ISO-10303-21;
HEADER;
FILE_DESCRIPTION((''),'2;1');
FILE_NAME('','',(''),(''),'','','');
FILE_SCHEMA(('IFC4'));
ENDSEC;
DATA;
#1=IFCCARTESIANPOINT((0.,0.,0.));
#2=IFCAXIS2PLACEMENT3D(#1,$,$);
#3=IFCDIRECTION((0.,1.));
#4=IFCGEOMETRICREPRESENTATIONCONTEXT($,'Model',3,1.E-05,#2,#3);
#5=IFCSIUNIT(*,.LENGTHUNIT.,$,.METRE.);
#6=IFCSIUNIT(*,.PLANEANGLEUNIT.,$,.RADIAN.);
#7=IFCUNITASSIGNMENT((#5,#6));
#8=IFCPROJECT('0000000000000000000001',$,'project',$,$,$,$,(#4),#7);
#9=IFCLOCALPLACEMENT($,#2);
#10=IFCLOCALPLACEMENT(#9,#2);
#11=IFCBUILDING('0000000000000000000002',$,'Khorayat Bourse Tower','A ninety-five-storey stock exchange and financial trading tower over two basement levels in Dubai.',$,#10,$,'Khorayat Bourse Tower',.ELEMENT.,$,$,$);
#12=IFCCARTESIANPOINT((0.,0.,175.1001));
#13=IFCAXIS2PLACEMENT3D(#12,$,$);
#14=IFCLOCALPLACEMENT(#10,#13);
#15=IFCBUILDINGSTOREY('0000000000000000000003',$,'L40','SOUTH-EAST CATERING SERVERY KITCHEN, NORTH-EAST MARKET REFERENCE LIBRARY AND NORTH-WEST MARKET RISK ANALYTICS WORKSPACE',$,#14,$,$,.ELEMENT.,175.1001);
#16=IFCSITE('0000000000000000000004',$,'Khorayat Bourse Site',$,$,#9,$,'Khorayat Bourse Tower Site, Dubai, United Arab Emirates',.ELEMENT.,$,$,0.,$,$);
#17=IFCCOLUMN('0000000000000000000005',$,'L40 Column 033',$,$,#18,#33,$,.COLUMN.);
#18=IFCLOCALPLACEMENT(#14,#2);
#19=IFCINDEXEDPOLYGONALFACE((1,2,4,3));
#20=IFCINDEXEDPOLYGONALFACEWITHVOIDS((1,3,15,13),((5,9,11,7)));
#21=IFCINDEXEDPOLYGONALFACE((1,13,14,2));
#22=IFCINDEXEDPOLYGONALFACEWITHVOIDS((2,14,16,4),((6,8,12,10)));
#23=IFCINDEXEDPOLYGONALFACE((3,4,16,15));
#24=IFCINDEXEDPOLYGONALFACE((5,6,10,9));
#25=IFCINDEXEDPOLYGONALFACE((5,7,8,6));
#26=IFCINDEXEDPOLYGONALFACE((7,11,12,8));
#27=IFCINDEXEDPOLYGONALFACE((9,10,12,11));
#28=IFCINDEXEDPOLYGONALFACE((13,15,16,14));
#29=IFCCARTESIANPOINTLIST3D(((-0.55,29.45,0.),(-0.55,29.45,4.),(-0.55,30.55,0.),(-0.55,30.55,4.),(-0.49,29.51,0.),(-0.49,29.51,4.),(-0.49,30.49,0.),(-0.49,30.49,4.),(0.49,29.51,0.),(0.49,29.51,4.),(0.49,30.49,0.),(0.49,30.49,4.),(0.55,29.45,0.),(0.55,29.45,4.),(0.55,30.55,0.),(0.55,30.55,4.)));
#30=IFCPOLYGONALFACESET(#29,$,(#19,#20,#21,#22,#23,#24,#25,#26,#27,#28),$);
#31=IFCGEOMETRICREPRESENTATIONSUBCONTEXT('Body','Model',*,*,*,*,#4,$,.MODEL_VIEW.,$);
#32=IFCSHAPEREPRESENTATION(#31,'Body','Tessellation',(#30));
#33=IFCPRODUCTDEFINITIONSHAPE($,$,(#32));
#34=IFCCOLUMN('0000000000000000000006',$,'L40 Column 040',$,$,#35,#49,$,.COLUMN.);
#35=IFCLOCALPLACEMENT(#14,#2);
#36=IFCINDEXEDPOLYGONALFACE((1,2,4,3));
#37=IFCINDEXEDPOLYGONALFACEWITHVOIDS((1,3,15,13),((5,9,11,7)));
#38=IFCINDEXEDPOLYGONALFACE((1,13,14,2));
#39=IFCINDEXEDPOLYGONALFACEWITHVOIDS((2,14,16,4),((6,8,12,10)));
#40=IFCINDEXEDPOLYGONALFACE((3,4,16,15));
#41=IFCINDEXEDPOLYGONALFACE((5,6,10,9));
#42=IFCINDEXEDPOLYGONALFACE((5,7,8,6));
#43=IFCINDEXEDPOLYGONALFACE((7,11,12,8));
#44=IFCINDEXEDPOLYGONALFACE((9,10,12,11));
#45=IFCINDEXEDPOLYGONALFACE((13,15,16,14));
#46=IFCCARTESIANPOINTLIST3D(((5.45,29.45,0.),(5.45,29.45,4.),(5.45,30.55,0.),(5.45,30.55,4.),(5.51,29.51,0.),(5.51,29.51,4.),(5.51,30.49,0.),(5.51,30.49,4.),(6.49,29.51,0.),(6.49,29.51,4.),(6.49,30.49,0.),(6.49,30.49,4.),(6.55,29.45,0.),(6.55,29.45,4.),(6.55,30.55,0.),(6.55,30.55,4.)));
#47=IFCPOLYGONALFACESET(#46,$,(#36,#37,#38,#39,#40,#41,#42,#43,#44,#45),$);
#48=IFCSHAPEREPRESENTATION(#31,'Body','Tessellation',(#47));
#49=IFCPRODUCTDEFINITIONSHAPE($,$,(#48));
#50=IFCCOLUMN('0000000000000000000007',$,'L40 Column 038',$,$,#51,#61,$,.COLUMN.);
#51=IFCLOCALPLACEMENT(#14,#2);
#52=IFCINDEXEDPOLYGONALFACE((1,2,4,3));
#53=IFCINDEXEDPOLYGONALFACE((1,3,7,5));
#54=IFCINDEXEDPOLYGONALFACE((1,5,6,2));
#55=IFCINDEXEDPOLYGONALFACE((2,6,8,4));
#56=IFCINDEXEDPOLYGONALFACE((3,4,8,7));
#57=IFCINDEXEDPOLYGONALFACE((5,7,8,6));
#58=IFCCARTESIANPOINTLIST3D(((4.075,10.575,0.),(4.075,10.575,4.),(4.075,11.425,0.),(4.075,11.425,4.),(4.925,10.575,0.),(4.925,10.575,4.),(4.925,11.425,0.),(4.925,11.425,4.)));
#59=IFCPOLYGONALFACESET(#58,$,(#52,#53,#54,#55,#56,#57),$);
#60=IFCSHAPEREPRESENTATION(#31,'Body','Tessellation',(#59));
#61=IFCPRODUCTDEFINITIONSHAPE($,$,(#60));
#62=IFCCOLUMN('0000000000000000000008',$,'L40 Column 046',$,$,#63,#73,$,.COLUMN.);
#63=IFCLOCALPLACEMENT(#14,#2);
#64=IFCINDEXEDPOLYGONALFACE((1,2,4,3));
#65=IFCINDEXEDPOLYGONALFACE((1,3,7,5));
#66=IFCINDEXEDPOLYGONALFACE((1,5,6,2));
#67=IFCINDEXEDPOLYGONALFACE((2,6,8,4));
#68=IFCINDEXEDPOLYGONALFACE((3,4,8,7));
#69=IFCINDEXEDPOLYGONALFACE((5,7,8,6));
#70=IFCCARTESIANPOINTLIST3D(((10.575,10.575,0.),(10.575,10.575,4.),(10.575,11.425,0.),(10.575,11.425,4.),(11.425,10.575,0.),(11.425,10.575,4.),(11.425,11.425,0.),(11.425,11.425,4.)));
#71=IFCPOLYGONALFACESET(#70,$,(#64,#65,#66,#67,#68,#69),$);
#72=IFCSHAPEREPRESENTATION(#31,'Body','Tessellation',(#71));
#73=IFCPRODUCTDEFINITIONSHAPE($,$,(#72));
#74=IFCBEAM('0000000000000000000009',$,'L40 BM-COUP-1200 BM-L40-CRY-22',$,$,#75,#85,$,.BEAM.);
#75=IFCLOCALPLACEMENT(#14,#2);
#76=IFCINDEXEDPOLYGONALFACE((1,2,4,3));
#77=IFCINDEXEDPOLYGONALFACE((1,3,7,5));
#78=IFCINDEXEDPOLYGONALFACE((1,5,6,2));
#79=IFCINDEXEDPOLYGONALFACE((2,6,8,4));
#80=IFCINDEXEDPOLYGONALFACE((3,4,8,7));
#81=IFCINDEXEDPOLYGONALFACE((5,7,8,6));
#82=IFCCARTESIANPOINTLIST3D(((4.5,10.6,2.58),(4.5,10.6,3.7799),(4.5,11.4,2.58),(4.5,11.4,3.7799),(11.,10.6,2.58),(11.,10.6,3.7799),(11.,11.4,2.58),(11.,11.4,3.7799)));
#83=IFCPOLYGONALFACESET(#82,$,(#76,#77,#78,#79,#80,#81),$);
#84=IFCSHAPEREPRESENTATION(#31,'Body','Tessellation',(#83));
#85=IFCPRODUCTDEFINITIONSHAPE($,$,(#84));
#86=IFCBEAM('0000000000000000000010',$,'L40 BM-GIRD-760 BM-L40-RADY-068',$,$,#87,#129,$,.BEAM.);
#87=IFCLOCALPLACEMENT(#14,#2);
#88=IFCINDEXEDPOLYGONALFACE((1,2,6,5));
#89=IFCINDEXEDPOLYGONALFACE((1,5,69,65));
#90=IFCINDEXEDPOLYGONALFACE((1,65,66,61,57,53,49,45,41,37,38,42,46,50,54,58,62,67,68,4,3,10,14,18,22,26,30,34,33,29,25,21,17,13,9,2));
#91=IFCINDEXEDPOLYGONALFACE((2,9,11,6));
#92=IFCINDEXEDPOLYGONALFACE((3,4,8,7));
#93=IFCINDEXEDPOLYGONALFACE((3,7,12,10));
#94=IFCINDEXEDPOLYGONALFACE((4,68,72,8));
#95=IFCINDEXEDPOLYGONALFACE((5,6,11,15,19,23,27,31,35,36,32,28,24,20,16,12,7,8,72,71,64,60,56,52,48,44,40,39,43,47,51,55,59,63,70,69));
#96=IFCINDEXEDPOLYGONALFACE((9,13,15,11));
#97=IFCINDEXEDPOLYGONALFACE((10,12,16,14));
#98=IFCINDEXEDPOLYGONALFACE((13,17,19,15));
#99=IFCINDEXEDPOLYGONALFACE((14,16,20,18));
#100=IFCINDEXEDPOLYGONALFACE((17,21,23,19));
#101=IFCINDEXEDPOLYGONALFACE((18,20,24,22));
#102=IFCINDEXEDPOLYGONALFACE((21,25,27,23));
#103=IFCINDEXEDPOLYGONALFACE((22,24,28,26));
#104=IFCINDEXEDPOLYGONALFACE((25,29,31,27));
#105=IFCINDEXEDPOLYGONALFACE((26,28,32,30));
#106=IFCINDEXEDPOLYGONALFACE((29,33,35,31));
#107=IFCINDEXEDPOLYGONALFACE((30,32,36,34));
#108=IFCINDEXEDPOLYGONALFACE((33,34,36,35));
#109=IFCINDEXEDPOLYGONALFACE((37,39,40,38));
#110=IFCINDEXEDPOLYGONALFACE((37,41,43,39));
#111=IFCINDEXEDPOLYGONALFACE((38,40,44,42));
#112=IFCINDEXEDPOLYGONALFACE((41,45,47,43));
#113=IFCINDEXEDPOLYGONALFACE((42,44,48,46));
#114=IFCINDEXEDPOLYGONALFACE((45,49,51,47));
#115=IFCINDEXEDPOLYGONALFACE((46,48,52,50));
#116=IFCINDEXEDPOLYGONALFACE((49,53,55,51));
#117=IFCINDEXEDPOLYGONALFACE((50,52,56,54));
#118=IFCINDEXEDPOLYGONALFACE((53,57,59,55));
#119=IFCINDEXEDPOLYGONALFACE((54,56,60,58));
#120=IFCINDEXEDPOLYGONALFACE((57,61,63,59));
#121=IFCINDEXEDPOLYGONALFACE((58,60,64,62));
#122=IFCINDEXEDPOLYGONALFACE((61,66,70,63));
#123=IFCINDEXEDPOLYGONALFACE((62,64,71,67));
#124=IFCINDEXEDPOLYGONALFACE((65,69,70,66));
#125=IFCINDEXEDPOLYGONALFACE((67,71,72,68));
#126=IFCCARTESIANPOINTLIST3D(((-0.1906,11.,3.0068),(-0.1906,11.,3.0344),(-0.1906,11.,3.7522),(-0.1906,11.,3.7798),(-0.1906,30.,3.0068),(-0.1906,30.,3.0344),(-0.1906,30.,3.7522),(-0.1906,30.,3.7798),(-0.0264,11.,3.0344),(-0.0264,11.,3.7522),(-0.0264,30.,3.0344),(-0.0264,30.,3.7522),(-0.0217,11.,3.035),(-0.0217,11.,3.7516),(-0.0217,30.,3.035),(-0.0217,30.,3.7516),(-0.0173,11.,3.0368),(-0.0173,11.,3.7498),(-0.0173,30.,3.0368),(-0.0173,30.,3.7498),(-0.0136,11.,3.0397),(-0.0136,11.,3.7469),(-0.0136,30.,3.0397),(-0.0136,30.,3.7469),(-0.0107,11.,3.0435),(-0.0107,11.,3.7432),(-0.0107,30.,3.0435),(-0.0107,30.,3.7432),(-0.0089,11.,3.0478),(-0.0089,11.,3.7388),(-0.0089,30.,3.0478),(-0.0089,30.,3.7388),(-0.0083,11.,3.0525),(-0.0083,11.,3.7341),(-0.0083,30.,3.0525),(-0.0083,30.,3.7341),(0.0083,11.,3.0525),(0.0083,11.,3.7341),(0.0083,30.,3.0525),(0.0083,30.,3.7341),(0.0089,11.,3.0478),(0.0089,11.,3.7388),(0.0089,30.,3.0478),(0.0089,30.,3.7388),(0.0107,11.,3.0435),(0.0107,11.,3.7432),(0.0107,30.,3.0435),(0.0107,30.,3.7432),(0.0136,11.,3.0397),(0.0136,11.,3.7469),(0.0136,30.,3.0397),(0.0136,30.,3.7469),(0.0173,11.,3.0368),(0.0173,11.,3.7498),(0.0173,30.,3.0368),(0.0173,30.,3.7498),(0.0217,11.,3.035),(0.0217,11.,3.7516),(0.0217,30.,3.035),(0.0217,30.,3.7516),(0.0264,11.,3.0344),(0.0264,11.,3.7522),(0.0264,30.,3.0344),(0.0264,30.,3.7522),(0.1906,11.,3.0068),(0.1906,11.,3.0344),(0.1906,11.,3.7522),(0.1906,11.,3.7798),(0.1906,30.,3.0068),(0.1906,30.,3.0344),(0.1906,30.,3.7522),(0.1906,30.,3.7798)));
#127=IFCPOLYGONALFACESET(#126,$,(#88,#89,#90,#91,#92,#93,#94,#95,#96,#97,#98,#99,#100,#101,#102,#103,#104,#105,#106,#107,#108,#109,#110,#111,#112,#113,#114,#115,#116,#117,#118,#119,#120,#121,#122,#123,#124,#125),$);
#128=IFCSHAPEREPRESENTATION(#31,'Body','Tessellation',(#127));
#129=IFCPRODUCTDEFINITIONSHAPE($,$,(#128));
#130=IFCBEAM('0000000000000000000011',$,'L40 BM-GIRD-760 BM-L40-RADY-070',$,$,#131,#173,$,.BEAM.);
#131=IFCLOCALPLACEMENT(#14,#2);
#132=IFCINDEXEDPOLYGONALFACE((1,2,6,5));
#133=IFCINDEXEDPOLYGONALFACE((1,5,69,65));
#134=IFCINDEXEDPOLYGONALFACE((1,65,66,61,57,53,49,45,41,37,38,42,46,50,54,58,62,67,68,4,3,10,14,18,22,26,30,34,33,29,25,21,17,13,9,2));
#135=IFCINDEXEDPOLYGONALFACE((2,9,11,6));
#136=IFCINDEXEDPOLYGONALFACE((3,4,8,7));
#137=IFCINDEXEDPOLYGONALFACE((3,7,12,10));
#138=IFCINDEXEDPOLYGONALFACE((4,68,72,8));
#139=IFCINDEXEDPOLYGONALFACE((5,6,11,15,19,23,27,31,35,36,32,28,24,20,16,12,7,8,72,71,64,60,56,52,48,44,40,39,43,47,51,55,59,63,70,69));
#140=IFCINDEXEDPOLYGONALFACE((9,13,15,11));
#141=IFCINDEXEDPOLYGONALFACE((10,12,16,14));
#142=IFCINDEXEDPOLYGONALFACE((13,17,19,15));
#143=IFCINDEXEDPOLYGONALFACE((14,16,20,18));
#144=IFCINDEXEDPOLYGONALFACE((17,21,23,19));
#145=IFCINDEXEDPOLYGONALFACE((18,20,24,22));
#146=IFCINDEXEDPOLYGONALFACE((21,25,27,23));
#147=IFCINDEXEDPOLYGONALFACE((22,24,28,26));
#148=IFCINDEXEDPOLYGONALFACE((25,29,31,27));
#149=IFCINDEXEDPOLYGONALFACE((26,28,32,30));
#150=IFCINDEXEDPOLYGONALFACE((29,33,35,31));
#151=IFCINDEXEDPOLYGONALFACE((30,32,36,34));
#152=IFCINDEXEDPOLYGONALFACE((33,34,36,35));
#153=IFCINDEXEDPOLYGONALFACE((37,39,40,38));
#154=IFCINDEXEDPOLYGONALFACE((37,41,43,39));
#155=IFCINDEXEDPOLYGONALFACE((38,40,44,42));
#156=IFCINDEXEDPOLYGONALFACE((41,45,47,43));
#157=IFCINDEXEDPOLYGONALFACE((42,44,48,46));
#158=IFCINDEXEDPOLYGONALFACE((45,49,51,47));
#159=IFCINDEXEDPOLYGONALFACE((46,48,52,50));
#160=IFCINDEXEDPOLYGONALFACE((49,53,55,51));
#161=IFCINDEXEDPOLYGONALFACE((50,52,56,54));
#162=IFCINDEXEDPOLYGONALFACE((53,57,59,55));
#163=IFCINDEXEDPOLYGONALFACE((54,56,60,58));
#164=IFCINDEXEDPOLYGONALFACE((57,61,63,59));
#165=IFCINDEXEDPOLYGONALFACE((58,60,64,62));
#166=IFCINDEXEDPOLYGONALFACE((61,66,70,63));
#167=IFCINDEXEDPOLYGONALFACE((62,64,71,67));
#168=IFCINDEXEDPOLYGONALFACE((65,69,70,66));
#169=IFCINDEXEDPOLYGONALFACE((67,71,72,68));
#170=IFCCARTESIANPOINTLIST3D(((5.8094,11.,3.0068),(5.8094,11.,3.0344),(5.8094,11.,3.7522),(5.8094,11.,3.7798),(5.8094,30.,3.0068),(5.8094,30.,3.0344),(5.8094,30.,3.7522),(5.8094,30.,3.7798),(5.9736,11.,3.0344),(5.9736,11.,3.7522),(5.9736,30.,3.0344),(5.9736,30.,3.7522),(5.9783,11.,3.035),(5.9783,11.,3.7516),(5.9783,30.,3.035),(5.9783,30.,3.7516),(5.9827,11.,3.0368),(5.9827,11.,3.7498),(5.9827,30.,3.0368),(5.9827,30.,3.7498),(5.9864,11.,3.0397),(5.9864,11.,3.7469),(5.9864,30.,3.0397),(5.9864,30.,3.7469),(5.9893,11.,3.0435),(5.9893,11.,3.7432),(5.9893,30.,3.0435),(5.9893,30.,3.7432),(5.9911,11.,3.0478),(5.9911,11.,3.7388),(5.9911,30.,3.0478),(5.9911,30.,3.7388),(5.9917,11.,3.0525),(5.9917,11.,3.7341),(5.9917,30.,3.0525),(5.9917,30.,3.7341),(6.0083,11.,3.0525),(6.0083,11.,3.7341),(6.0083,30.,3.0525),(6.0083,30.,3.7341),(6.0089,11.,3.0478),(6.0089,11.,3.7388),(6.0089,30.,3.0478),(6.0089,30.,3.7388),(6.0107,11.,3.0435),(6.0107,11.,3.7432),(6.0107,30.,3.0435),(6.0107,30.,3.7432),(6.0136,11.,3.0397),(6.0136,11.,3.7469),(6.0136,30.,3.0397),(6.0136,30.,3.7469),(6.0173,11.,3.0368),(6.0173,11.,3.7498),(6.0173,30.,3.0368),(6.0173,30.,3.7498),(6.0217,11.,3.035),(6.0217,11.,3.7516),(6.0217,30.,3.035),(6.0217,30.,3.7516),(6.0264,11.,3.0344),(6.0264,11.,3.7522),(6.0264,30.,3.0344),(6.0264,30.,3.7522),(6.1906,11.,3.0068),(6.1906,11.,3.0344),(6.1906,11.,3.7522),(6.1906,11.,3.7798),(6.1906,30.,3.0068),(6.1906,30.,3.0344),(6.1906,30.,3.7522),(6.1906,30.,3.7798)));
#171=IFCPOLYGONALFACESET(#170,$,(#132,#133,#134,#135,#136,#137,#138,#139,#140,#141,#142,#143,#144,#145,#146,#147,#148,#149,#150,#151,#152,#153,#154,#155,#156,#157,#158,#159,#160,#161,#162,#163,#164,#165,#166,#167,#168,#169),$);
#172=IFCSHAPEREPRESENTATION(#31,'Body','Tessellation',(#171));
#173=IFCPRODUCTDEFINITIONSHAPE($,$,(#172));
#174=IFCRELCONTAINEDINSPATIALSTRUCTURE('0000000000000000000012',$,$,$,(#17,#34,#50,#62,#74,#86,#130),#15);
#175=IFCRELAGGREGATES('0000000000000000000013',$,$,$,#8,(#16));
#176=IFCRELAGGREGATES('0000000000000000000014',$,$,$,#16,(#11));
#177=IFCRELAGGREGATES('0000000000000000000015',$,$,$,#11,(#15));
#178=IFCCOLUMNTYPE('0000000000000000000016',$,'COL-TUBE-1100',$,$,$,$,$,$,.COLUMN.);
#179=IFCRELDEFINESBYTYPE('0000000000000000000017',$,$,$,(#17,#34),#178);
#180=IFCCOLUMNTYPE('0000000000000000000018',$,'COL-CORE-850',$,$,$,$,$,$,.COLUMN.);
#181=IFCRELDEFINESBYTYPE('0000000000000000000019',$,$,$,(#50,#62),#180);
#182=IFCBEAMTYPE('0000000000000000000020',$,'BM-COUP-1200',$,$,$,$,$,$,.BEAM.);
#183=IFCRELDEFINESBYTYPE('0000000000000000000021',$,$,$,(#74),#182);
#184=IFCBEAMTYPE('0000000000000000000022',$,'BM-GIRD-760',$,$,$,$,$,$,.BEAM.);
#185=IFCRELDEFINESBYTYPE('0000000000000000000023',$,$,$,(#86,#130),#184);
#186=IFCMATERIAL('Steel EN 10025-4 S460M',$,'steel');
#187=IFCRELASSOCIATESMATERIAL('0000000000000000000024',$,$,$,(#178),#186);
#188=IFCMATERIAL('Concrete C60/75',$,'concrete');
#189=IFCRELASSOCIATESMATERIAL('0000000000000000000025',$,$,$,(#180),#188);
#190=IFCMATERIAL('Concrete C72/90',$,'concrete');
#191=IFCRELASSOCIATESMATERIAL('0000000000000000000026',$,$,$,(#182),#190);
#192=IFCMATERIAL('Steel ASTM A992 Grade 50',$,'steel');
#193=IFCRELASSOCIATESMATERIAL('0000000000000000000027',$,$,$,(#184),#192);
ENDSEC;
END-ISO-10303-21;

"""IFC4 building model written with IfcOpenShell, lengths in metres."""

from ifc_helpers import new_model, si_unit, direction, frame, origin, origin_2d, place, context, subcontext, project, spatial, rectangle, hollow_rectangle, i_section, extrude, source, transform, mapped, material, material_profile, profile_set, type_object, element, save


model = new_model("IFC4")

# Units and contexts
model_context = context("Model", 3, precision=1e-05, world=origin(), true_north=direction((0.0, 1.0)))
body_context = subcontext(model_context, "Body", "Model", "MODEL_VIEW")
ifc_project = project(units=[si_unit("LENGTHUNIT", "METRE"), si_unit("PLANEANGLEUNIT", "RADIAN")], contexts=[model_context])

# Site, building, storey
site_placement = place(None, origin())
site = spatial("IfcSite", under=ifc_project, at=site_placement, Name="Khorayat Bourse Site", LongName="Khorayat Bourse Tower Site, Dubai, United Arab Emirates", CompositionType="ELEMENT", RefElevation=0.0)
building_placement = place(site_placement, origin())
building = spatial("IfcBuilding", under=site, at=building_placement, Name="Khorayat Bourse Tower", Description="A ninety-five-storey stock exchange and financial trading tower over two basement levels in Dubai.", LongName="Khorayat Bourse Tower", CompositionType="ELEMENT")
storey_placement = place(building_placement, frame((0.0, 0.0, 175.1001)))
storey = spatial("IfcBuildingStorey", under=building, at=storey_placement, Name="L40", Description="SOUTH-EAST CATERING SERVERY KITCHEN, NORTH-EAST MARKET REFERENCE LIBRARY AND NORTH-WEST MARKET RISK ANALYTICS WORKSPACE", CompositionType="ELEMENT", Elevation=175.1001)

# Columns
ifc_material_1 = material(Name="Steel EN 10025-4 S460M", Category="steel")
ifc_material_profile_1 = material_profile(ifc_material_1, hollow_rectangle(XDim=1.1001, YDim=1.1001, WallThickness=0.0601, at=origin_2d()), Name="BOX 1100x1100x60")
ifc_profile_set_1 = profile_set([ifc_material_profile_1], Name="Steel EN 10025-4 S460M")
column_type_1 = type_object("IfcColumnType", Name="COL-TUBE-1100", PredefinedType="COLUMN", material=ifc_profile_set_1)
shared_shape_1 = source(origin(), body_context, "Body", "SweptSolid", [
    extrude(hollow_rectangle(XDim=1.1001, YDim=1.1001, WallThickness=0.0601, at=origin_2d()), origin(), (0.0, 0.0, 1.0), 4.0),
])
for number, where, z_axis, x_axis, name in (
    (1, (0.0, 30.0, 0.0), (0.0, 0.0, 1.0), (1.0, 0.0, 0.0), "L40 Column 033"),
    (2, (6.0, 30.0, 0.0), (0.0, 0.0, 1.0), (1.0, 0.0, 0.0), "L40 Column 040"),
):
    element("IfcColumn", number, at=place(storey_placement, frame(where, z_axis=z_axis, x_axis=x_axis)), inside=storey, type_object=column_type_1, Name=name, PredefinedType="COLUMN", context=body_context, shape_type="MappedRepresentation", body=[
        mapped(shared_shape_1, transform((0.0, 0.0, 0.0), scale=1.0)),
    ])
ifc_material_2 = material(Name="Concrete C60/75", Category="concrete")
ifc_material_profile_2 = material_profile(ifc_material_2, rectangle(XDim=0.8501, YDim=0.8501, at=origin_2d()), Name="RC 850x850")
ifc_profile_set_2 = profile_set([ifc_material_profile_2], Name="Concrete C60/75")
column_type_2 = type_object("IfcColumnType", Name="COL-CORE-850", PredefinedType="COLUMN", material=ifc_profile_set_2)
shared_shape_2 = source(origin(), body_context, "Body", "SweptSolid", [
    extrude(rectangle(XDim=0.8501, YDim=0.8501, at=origin_2d()), origin(), (0.0, 0.0, 1.0), 4.0),
])
for number, where, z_axis, x_axis, name in (
    (3, (4.5, 11.0, 0.0), (0.0, 0.0, 1.0), (1.0, 0.0, 0.0), "L40 Column 038"),
    (4, (11.0, 11.0, 0.0), (0.0, 0.0, 1.0), (1.0, 0.0, 0.0), "L40 Column 046"),
):
    element("IfcColumn", number, at=place(storey_placement, frame(where, z_axis=z_axis, x_axis=x_axis)), inside=storey, type_object=column_type_2, Name=name, PredefinedType="COLUMN", context=body_context, shape_type="MappedRepresentation", body=[
        mapped(shared_shape_2, transform((0.0, 0.0, 0.0), scale=1.0)),
    ])

# Beams
ifc_material_3 = material(Name="Concrete C72/90", Category="concrete")
ifc_material_profile_3 = material_profile(ifc_material_3, rectangle(XDim=0.8, YDim=1.2, at=origin_2d()), Name="RC 800x1200")
ifc_profile_set_3 = profile_set([ifc_material_profile_3], Name="Concrete C72/90")
beam_type_1 = type_object("IfcBeamType", Name="BM-COUP-1200", PredefinedType="BEAM", material=ifc_profile_set_3)
shared_shape_3 = source(origin(), body_context, "Body", "SweptSolid", [
    extrude(rectangle(XDim=0.8, YDim=1.2, at=origin_2d()), origin(), (0.0, 0.0, 1.0), 6.5),
])
beam_1_placement = place(storey_placement, frame((4.5, 11.0, 3.1799), z_axis=(1.0, 0.0, 0.0), x_axis=(0.0, 1.0, 0.0)))
element("IfcBeam", 5, at=beam_1_placement, inside=storey, type_object=beam_type_1, Name="L40 BM-COUP-1200 BM-L40-CRY-22", PredefinedType="BEAM", context=body_context, shape_type="MappedRepresentation", body=[
    mapped(shared_shape_3, transform((0.0, 0.0, 0.0), scale=1.0)),
])
ifc_material_4 = material(Name="Steel ASTM A992 Grade 50", Category="steel")
ifc_material_profile_4 = material_profile(ifc_material_4, i_section(OverallWidth=0.3811, OverallDepth=0.7729, WebThickness=0.0166, FlangeThickness=0.0276, FilletRadius=0.0181, at=origin_2d()), Name="W760X257")
ifc_profile_set_4 = profile_set([ifc_material_profile_4], Name="Steel ASTM A992 Grade 50")
beam_type_2 = type_object("IfcBeamType", Name="BM-GIRD-760", PredefinedType="BEAM", material=ifc_profile_set_4)
shared_shape_4 = source(origin(), body_context, "Body", "SweptSolid", [
    extrude(i_section(OverallWidth=0.3811, OverallDepth=0.7729, WebThickness=0.0166, FlangeThickness=0.0276, FilletRadius=0.0181, at=origin_2d()), origin(), (0.0, 0.0, 1.0), 19.0),
])
for number, where, z_axis, x_axis, name in (
    (6, (0.0, 11.0, 3.3933), (0.0, 1.0, 0.0), (-1.0, 0.0, 0.0), "L40 BM-GIRD-760 BM-L40-RADY-068"),
    (7, (6.0, 11.0, 3.3933), (0.0, 1.0, 0.0), (-1.0, 0.0, 0.0), "L40 BM-GIRD-760 BM-L40-RADY-070"),
):
    element("IfcBeam", number, at=place(storey_placement, frame(where, z_axis=z_axis, x_axis=x_axis)), inside=storey, type_object=beam_type_2, Name=name, PredefinedType="BEAM", context=body_context, shape_type="MappedRepresentation", body=[
        mapped(shared_shape_4, transform((0.0, 0.0, 0.0), scale=1.0)),
    ])

save(model, "model.ifc")
